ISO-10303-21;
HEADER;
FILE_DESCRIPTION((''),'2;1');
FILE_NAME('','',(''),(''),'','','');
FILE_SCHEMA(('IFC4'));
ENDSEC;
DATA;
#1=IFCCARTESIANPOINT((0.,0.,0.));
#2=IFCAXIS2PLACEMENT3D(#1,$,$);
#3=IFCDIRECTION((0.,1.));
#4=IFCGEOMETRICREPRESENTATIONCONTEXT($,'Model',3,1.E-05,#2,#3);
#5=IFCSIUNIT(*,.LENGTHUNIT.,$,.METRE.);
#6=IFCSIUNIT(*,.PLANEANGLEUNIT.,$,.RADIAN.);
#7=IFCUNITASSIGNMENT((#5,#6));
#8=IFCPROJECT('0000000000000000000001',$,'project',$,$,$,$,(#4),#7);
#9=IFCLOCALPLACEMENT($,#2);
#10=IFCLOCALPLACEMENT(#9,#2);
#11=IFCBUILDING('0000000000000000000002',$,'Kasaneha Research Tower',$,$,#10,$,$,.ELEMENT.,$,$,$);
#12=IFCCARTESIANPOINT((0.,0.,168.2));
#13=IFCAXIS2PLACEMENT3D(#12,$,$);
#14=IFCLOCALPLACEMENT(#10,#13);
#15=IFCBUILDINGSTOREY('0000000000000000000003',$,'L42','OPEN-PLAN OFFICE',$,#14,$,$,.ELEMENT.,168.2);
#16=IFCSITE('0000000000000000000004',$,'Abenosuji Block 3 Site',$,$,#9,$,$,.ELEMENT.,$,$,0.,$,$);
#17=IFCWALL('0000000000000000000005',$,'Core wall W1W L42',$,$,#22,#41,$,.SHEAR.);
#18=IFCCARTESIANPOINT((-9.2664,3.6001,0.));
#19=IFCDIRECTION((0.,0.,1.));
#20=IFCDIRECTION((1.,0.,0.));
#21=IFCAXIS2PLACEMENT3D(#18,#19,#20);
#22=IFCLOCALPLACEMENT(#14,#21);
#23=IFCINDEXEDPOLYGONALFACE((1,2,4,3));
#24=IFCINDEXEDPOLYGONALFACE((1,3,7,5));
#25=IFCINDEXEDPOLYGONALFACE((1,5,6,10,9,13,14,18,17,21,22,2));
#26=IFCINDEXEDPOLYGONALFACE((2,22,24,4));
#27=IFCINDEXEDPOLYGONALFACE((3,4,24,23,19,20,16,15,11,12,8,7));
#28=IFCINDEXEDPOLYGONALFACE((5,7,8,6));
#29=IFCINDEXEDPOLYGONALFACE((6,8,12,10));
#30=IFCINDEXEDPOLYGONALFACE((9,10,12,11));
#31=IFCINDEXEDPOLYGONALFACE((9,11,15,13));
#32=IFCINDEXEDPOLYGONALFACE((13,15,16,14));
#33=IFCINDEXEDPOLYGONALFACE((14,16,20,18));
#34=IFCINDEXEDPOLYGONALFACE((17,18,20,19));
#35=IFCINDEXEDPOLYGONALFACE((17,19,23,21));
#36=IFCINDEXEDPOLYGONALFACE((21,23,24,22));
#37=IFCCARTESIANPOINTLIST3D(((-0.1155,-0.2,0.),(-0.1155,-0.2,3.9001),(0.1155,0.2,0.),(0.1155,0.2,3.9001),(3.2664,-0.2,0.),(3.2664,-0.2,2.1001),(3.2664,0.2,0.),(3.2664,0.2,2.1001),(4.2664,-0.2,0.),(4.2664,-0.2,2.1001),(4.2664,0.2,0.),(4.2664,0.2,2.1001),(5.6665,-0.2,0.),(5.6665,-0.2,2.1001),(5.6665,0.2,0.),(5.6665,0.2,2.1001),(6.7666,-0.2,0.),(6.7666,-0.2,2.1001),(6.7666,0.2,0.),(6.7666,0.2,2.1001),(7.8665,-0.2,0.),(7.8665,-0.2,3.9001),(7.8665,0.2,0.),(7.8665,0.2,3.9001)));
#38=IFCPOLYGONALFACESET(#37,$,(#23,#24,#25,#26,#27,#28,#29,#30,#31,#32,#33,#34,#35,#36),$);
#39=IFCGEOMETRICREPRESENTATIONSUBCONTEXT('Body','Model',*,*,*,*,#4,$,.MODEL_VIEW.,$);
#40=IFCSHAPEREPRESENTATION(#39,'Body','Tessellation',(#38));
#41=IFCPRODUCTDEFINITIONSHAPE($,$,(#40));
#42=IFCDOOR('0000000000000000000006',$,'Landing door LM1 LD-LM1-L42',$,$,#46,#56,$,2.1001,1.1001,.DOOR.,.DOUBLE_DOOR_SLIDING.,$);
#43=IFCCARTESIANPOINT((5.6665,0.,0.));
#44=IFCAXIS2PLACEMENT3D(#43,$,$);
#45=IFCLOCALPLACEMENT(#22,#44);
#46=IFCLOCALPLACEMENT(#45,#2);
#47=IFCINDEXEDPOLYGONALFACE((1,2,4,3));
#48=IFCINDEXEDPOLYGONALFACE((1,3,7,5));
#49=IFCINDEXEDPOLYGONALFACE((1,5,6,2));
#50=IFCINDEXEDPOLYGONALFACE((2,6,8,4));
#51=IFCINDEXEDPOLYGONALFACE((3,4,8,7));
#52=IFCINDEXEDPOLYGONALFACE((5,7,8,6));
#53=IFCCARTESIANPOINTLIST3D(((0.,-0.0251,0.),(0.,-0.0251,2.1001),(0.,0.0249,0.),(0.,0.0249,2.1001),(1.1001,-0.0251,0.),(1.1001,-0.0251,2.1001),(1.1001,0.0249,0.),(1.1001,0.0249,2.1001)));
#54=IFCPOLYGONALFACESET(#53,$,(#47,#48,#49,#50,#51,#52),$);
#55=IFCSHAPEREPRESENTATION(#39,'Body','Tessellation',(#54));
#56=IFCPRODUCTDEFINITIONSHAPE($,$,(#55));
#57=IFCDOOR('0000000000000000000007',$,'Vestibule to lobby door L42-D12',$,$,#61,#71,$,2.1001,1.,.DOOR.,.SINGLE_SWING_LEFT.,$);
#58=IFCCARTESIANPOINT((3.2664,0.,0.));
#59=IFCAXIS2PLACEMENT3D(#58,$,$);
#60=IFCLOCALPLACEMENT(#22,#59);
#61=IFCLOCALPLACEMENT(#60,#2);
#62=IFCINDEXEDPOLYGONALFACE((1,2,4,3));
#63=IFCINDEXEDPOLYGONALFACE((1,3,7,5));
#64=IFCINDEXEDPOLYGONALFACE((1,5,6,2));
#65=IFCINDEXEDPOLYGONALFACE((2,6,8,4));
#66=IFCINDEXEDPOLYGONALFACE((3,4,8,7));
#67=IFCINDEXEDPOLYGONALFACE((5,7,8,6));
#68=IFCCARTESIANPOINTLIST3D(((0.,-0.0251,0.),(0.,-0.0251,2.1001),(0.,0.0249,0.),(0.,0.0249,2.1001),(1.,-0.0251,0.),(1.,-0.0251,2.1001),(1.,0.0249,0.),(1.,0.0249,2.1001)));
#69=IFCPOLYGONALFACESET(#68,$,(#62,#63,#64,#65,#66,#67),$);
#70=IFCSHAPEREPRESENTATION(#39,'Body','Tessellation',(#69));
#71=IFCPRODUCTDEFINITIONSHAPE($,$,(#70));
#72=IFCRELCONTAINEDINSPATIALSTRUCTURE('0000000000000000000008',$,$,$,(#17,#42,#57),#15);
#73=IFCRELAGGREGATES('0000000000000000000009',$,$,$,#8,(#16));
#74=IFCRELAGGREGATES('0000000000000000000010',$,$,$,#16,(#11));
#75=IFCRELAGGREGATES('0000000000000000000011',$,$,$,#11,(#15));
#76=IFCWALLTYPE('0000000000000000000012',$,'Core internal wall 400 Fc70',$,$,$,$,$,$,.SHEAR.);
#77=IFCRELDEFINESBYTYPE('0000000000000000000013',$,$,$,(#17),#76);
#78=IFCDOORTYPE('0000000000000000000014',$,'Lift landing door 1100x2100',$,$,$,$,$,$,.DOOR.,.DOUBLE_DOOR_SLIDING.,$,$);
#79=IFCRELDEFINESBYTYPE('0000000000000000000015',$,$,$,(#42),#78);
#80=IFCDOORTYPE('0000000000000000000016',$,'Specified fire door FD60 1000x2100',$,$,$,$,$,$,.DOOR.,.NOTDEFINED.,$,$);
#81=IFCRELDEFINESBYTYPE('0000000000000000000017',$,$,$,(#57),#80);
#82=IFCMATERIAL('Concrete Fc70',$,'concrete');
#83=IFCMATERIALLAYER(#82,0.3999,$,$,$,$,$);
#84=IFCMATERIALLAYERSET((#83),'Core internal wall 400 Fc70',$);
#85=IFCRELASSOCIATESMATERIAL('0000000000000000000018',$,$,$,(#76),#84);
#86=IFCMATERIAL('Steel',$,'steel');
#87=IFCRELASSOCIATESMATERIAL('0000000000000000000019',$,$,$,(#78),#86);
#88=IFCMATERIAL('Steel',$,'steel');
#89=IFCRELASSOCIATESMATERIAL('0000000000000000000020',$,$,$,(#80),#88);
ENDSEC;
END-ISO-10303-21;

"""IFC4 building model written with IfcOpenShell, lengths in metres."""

from ifc_helpers import new_model, si_unit, direction, frame, frame_2d, origin, place, context, subcontext, project, spatial, polyline, rectangle, outline, extrude, material, layer, layer_set, type_object, element, fill, save


model = new_model("IFC4")

# Units and contexts
model_context = context("Model", 3, precision=1e-05, world=origin(), true_north=direction((0.0, 1.0)))
body_context = subcontext(model_context, "Body", "Model", "MODEL_VIEW")
ifc_project = project(units=[si_unit("LENGTHUNIT", "METRE"), si_unit("PLANEANGLEUNIT", "RADIAN")], contexts=[model_context])

# Site, building, storey
site_placement = place(None, origin())
site = spatial("IfcSite", under=ifc_project, at=site_placement, Name="Abenosuji Block 3 Site", CompositionType="ELEMENT", RefElevation=0.0)
building_placement = place(site_placement, origin())
building = spatial("IfcBuilding", under=site, at=building_placement, Name="Kasaneha Research Tower", CompositionType="ELEMENT")
storey_placement = place(building_placement, frame((0.0, 0.0, 168.2)))
storey = spatial("IfcBuildingStorey", under=building, at=storey_placement, Name="L42", Description="OPEN-PLAN OFFICE", CompositionType="ELEMENT", Elevation=168.2)

# Wall, openings, doors
ifc_material_1 = material(Name="Concrete Fc70", Category="concrete")
ifc_layer_1 = layer(ifc_material_1, 0.3999)
ifc_layer_set_1 = layer_set([ifc_layer_1], Name="Core internal wall 400 Fc70")
wall_type = type_object("IfcWallType", Name="Core internal wall 400 Fc70", PredefinedType="SHEAR", material=ifc_layer_set_1)
wall_1_placement = place(storey_placement, frame((-9.2664, 3.6001, 0.0), z_axis=(0.0, 0.0, 1.0), x_axis=(1.0, 0.0, 0.0)))
wall_1 = element("IfcWall", 1, at=wall_1_placement, inside=storey, type_object=wall_type, Name="Core wall W1W L42", PredefinedType="SHEAR", context=body_context, shape_type="SweptSolid", body=[
    extrude(outline(polyline([(-0.1155, -0.2), (3.2664, -0.2), (4.2664, -0.2), (5.6665, -0.2), (6.7666, -0.2), (7.8665, -0.2), (7.8665, 0.2), (6.7666, 0.2), (5.6665, 0.2), (4.2664, 0.2), (3.2664, 0.2), (0.1155, 0.2), (-0.1155, -0.2)])), origin(), (0.0, 0.0, 1.0), 3.9001),
])
opening_1_placement = place(wall_1_placement, frame((3.2664, 0.0, 0.0)))
opening_1 = element("IfcOpeningElement", 2, at=opening_1_placement, cuts=wall_1, PredefinedType="OPENING", context=body_context, shape_type="SweptSolid", body=[
    extrude(rectangle(XDim=1.0, YDim=2.1001, at=frame_2d((0.5, 1.05))), frame((0.0, 0.21, 0.0), z_axis=(0.0, -1.0, 0.0), x_axis=(1.0, 0.0, 0.0)), (0.0, 0.0, 1.0), 0.4199),
])
opening_2_placement = place(wall_1_placement, frame((5.6665, 0.0, 0.0)))
opening_2 = element("IfcOpeningElement", 3, at=opening_2_placement, cuts=wall_1, PredefinedType="OPENING", context=body_context, shape_type="SweptSolid", body=[
    extrude(rectangle(XDim=1.1001, YDim=2.1001, at=frame_2d((0.55, 1.05))), frame((0.0, 0.21, 0.0), z_axis=(0.0, -1.0, 0.0), x_axis=(1.0, 0.0, 0.0)), (0.0, 0.0, 1.0), 0.4199),
])
ifc_material_2 = material(Name="Steel", Category="steel")
door_type_1 = type_object("IfcDoorType", Name="Lift landing door 1100x2100", OperationType="DOUBLE_DOOR_SLIDING", PredefinedType="DOOR", material=ifc_material_2)
door_1_placement = place(opening_2_placement, origin())
door_1 = element("IfcDoor", 4, at=door_1_placement, inside=storey, type_object=door_type_1, Name="Landing door LM1 LD-LM1-L42", OperationType="DOUBLE_DOOR_SLIDING", OverallHeight=2.1001, OverallWidth=1.1001, PredefinedType="DOOR", context=body_context, shape_type="SweptSolid", body=[
    extrude(rectangle(XDim=1.1001, YDim=2.1001, at=frame_2d((0.55, 1.05))), frame((0.0, 0.0249, 0.0), z_axis=(0.0, -1.0, 0.0), x_axis=(1.0, 0.0, 0.0)), (0.0, 0.0, 1.0), 0.05),
])
fill(opening_2, door_1)
ifc_material_3 = material(Name="Steel", Category="steel")
door_type_2 = type_object("IfcDoorType", Name="Specified fire door FD60 1000x2100", OperationType="NOTDEFINED", PredefinedType="DOOR", material=ifc_material_3)
door_2_placement = place(opening_1_placement, origin())
door_2 = element("IfcDoor", 5, at=door_2_placement, inside=storey, type_object=door_type_2, Name="Vestibule to lobby door L42-D12", OperationType="SINGLE_SWING_LEFT", OverallHeight=2.1001, OverallWidth=1.0, PredefinedType="DOOR", context=body_context, shape_type="SweptSolid", body=[
    extrude(rectangle(XDim=1.0, YDim=2.1001, at=frame_2d((0.5, 1.05))), frame((0.0, 0.0249, 0.0), z_axis=(0.0, -1.0, 0.0), x_axis=(1.0, 0.0, 0.0)), (0.0, 0.0, 1.0), 0.05),
])
fill(opening_1, door_2)

save(model, "model.ifc")
